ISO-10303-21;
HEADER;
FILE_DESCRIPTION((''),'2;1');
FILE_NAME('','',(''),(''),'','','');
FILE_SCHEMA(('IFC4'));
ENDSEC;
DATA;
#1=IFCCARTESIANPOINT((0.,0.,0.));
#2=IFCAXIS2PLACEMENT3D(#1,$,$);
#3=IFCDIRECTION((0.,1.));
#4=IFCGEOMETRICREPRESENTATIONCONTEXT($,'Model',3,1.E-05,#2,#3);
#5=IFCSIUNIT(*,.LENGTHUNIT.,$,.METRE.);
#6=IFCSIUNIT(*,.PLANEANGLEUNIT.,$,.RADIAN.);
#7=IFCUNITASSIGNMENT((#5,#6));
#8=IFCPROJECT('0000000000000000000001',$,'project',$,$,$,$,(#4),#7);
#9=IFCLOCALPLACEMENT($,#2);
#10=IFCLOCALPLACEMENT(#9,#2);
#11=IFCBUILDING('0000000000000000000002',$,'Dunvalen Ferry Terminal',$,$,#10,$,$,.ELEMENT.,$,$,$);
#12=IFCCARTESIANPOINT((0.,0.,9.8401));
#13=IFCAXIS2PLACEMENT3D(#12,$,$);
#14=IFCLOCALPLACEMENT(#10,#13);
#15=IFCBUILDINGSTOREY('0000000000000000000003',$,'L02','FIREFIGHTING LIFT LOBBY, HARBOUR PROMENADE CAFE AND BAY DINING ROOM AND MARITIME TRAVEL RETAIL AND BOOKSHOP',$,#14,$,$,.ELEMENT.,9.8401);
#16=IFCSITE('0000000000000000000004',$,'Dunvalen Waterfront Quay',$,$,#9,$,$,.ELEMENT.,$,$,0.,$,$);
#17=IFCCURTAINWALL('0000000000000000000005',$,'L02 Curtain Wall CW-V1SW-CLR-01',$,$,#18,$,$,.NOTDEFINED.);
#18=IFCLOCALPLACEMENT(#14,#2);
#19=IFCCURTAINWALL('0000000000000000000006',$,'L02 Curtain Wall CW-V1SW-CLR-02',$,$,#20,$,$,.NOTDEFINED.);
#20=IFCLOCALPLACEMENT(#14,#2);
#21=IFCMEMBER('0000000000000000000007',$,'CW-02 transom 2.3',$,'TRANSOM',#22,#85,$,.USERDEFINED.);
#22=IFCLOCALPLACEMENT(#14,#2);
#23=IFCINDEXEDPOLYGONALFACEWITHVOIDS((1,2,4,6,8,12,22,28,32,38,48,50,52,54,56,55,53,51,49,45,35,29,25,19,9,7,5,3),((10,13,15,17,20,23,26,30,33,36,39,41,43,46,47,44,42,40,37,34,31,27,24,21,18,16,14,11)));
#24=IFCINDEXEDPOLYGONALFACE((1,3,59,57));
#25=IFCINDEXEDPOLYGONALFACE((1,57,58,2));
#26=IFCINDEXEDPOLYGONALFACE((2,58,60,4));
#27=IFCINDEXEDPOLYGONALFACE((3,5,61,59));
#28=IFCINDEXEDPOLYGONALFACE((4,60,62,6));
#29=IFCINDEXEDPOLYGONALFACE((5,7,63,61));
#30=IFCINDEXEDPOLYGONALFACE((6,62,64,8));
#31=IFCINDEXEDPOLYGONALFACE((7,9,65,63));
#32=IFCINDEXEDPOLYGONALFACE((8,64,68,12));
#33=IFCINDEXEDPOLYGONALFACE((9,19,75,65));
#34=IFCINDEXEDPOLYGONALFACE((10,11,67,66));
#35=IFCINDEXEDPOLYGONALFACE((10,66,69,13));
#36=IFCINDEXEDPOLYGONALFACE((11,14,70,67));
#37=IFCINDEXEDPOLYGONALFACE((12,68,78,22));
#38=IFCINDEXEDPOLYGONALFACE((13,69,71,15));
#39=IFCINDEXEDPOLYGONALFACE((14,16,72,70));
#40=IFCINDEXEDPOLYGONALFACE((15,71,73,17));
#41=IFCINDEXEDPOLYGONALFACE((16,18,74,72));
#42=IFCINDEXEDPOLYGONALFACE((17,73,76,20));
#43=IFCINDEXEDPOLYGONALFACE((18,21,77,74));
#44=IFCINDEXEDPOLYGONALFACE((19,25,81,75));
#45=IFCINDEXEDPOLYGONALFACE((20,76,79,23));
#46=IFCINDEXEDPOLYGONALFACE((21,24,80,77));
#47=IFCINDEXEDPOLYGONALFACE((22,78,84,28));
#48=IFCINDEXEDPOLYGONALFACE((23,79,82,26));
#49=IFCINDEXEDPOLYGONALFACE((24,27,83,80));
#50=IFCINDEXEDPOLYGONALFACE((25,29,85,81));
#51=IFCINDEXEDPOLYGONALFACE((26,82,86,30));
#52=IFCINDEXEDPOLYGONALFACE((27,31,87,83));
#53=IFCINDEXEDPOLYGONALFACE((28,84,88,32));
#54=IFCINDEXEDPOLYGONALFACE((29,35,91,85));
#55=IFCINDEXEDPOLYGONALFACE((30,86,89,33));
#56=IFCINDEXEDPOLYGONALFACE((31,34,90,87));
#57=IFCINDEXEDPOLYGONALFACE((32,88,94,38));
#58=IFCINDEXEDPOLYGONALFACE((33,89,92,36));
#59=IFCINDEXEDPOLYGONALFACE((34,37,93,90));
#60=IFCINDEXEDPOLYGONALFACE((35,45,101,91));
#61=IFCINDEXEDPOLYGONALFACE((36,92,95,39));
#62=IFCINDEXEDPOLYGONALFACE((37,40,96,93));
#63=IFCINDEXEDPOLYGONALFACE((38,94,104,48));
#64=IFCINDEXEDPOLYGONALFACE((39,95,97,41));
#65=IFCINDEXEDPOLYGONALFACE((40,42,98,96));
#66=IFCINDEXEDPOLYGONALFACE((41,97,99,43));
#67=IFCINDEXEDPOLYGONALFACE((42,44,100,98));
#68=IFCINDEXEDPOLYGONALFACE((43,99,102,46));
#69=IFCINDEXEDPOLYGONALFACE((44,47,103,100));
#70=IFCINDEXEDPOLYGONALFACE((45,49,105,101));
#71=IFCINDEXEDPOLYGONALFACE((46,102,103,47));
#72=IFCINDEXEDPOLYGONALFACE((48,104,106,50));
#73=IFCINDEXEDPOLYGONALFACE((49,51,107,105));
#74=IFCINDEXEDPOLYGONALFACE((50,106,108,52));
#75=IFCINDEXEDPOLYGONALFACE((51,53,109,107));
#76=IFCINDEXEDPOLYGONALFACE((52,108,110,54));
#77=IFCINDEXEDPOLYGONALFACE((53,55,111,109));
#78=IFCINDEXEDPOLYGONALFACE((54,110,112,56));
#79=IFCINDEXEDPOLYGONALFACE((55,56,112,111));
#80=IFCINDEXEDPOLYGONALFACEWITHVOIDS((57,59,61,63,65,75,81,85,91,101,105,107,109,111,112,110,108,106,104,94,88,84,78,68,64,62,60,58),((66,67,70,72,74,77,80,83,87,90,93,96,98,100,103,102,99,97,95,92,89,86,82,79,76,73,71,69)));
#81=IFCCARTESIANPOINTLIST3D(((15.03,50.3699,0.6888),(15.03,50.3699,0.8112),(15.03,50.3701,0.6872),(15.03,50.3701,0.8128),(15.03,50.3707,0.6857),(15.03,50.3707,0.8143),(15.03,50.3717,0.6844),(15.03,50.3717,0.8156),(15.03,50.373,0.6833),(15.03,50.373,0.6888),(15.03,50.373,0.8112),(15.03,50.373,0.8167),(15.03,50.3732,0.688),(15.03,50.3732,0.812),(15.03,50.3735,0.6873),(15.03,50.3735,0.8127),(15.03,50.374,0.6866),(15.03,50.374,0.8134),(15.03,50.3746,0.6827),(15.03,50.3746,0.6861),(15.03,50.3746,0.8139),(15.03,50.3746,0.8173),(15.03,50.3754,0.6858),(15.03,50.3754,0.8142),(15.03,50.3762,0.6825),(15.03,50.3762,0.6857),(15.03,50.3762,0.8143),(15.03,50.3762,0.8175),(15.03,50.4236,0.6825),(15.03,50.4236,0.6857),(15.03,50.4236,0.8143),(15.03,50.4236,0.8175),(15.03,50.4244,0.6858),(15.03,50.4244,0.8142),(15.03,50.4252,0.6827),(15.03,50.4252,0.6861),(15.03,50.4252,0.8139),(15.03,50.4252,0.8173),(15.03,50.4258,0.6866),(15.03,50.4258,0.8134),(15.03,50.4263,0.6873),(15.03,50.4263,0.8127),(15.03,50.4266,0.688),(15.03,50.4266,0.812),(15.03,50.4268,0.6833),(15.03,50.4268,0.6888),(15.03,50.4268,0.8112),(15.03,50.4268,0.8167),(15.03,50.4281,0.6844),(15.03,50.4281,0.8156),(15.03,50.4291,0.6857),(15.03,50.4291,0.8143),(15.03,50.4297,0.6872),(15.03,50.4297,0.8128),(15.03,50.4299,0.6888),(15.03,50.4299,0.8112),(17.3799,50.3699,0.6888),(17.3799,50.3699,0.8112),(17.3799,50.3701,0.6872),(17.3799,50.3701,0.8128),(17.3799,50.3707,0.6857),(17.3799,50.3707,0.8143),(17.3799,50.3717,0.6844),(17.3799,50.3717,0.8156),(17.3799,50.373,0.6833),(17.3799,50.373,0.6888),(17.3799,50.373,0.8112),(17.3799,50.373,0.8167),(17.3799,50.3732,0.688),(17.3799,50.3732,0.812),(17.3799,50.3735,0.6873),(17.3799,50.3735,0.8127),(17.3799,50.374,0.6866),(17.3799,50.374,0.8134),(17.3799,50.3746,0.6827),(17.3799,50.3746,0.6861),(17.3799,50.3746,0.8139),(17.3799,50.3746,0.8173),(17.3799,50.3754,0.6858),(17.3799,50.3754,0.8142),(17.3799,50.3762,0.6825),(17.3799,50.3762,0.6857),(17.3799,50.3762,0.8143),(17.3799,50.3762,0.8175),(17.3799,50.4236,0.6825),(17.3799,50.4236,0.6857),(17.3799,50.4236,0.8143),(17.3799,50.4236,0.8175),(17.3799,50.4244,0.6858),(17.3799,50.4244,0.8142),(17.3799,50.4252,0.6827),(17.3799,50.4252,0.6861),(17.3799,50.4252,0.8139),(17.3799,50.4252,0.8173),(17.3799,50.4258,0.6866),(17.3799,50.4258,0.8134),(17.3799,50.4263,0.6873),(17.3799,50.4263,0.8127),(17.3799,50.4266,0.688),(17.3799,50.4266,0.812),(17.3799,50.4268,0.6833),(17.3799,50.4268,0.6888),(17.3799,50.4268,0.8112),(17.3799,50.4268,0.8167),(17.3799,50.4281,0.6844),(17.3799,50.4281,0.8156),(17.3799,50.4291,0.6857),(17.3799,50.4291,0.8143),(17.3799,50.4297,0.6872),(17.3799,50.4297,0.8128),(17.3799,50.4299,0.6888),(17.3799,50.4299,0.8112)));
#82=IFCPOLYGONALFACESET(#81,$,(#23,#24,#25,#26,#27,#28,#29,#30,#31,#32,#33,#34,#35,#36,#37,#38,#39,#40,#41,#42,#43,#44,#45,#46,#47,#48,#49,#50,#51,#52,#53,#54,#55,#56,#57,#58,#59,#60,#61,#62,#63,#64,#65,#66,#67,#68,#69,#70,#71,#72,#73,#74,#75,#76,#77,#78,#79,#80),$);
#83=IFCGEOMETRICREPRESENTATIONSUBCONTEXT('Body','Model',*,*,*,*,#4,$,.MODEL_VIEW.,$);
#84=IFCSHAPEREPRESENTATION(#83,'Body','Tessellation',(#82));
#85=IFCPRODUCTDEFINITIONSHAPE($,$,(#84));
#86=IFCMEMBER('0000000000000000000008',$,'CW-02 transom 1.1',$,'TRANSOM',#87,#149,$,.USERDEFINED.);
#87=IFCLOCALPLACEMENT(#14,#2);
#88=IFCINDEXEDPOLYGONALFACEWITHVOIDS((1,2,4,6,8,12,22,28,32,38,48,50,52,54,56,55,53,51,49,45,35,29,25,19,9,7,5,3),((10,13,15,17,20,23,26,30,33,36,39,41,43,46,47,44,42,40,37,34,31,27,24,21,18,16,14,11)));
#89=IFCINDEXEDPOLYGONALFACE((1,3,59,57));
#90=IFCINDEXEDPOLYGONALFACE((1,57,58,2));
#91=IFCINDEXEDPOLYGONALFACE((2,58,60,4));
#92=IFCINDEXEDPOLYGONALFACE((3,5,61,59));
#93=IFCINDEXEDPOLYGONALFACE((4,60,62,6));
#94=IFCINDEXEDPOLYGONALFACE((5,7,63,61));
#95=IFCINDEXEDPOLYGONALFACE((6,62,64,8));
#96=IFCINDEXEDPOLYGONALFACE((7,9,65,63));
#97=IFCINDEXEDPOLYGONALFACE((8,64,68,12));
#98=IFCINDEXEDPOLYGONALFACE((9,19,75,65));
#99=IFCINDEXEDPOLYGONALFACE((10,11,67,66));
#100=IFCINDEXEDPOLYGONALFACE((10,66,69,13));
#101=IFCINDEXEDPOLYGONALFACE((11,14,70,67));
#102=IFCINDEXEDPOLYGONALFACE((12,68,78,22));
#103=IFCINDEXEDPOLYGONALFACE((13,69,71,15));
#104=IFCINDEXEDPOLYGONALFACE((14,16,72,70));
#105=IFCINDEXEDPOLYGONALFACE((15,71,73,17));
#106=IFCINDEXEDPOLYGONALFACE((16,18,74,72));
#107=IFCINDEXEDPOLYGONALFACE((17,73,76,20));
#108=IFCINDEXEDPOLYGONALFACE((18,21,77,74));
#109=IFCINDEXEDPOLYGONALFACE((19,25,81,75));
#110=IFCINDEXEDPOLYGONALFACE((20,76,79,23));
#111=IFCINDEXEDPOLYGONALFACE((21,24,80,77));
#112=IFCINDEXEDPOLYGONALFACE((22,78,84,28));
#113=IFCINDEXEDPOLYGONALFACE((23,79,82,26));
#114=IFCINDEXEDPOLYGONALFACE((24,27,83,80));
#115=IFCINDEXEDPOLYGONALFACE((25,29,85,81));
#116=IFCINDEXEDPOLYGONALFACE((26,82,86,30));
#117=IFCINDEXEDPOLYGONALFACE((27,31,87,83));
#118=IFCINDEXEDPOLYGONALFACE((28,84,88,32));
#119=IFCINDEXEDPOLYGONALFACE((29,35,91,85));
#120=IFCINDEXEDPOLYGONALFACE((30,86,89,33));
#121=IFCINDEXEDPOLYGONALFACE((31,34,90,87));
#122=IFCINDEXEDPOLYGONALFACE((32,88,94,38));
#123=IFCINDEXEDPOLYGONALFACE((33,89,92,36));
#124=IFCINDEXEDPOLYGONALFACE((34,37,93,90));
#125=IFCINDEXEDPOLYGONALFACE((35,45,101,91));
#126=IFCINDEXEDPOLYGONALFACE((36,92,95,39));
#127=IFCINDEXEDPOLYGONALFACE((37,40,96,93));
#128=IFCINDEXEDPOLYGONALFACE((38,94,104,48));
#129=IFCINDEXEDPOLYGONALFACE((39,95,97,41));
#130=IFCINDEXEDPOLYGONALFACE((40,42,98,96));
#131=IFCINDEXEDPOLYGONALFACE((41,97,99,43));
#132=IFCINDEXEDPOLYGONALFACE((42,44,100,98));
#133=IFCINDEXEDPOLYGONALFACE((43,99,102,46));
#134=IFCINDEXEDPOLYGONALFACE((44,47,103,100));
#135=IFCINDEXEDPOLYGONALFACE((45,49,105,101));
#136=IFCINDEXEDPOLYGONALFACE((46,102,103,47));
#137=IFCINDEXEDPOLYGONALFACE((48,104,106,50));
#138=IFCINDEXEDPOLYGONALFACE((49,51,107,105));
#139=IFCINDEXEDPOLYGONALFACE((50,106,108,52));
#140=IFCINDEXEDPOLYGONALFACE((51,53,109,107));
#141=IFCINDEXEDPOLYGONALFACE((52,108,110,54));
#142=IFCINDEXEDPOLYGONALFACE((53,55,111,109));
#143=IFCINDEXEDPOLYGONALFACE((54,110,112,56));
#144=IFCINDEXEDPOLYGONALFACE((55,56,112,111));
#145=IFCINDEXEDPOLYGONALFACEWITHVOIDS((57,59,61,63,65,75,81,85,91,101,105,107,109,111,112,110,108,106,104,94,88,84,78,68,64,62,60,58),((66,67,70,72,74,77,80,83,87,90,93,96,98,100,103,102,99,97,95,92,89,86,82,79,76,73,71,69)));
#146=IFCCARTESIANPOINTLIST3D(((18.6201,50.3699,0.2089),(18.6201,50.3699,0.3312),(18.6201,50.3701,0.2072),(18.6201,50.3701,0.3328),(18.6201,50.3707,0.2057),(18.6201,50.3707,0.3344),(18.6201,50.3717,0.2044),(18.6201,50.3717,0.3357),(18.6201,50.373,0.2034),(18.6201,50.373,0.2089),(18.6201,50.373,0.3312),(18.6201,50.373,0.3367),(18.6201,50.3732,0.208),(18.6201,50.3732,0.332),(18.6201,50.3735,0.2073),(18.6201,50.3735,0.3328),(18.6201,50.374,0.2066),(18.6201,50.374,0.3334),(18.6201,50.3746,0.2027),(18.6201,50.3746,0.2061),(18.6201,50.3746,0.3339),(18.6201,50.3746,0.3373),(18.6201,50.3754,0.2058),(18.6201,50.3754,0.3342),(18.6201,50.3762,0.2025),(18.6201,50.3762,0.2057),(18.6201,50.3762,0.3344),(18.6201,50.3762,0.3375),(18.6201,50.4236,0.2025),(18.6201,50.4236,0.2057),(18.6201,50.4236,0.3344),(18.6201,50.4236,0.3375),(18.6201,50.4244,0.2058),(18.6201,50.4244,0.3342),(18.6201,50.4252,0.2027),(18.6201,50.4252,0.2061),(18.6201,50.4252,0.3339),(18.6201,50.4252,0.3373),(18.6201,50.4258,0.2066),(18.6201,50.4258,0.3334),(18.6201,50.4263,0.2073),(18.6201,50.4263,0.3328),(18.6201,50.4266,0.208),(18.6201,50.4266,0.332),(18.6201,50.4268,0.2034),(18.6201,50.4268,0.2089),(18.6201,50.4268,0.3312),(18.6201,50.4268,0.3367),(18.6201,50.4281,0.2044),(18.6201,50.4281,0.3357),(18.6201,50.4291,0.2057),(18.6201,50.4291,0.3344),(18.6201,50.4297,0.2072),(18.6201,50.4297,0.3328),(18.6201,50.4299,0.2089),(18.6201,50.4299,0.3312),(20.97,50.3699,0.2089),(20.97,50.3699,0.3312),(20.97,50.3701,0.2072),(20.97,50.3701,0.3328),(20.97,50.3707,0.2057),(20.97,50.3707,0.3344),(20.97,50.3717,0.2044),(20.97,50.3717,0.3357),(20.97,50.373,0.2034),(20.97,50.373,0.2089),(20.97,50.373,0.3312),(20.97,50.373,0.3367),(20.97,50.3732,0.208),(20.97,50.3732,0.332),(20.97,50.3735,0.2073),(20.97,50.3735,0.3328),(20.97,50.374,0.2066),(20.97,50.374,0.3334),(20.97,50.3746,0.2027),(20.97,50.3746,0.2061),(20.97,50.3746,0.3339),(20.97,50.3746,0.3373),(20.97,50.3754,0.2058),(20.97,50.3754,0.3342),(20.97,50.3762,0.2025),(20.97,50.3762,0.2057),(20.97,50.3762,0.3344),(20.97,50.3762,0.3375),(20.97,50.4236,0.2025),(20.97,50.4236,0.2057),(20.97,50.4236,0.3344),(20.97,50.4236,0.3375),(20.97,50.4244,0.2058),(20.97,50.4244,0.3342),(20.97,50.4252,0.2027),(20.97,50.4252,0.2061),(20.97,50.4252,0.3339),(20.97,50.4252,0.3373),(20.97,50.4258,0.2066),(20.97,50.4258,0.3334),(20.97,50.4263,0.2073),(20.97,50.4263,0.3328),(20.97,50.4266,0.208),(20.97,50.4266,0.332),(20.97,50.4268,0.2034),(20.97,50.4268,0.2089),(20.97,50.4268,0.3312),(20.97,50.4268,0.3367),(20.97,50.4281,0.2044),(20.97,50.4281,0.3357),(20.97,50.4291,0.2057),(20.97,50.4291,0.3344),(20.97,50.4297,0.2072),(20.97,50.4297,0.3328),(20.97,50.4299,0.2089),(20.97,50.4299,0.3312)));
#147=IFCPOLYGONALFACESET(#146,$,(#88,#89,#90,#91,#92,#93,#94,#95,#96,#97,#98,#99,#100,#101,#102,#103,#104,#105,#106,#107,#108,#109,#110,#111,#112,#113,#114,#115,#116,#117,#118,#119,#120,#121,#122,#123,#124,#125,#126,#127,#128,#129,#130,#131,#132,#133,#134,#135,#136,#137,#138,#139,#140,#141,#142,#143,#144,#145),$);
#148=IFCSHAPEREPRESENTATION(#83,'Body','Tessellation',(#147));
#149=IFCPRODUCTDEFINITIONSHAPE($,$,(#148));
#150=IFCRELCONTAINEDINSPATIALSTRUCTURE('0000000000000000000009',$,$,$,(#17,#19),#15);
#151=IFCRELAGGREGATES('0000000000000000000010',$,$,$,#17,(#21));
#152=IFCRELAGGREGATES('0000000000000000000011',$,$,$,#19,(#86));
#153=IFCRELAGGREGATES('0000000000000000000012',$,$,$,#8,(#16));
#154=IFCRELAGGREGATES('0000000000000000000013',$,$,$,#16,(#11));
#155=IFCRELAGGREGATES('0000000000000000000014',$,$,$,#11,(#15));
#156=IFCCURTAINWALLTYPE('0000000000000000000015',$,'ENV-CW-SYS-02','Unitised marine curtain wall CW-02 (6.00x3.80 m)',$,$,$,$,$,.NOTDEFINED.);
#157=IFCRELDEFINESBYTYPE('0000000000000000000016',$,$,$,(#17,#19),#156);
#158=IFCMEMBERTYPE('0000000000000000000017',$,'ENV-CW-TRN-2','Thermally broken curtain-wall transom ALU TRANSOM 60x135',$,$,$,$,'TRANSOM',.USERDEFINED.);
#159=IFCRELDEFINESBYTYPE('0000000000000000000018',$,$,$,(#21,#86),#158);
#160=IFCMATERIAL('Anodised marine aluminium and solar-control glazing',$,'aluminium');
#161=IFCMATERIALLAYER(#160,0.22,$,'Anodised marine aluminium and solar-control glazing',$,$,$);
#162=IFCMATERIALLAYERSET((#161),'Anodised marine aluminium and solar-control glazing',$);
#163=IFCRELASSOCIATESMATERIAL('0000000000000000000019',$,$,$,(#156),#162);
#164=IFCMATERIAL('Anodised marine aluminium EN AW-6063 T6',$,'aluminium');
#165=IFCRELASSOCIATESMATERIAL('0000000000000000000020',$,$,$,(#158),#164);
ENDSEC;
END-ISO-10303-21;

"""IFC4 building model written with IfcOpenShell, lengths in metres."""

from ifc_helpers import new_model, si_unit, direction, frame, origin, origin_2d, place, context, subcontext, project, spatial, hollow_rectangle, extrude, material, layer, layer_set, material_profile, profile_set, type_object, element, aggregate, save


model = new_model("IFC4")

# Units and contexts
model_context = context("Model", 3, precision=1e-05, world=origin(), true_north=direction((0.0, 1.0)))
body_context = subcontext(model_context, "Body", "Model", "MODEL_VIEW")
ifc_project = project(units=[si_unit("LENGTHUNIT", "METRE"), si_unit("PLANEANGLEUNIT", "RADIAN")], contexts=[model_context])

# Site, building, storey
site_placement = place(None, origin())
site = spatial("IfcSite", under=ifc_project, at=site_placement, Name="Dunvalen Waterfront Quay", CompositionType="ELEMENT", RefElevation=0.0)
building_placement = place(site_placement, origin())
building = spatial("IfcBuilding", under=site, at=building_placement, Name="Dunvalen Ferry Terminal", CompositionType="ELEMENT")
storey_placement = place(building_placement, frame((0.0, 0.0, 9.8401)))
storey = spatial("IfcBuildingStorey", under=building, at=storey_placement, Name="L02", Description="FIREFIGHTING LIFT LOBBY, HARBOUR PROMENADE CAFE AND BAY DINING ROOM AND MARITIME TRAVEL RETAIL AND BOOKSHOP", CompositionType="ELEMENT", Elevation=9.8401)

# Curtain walls
ifc_material_1 = material(Name="Anodised marine aluminium and solar-control glazing", Category="aluminium")
ifc_layer_1 = layer(ifc_material_1, 0.22, Name="Anodised marine aluminium and solar-control glazing")
ifc_layer_set_1 = layer_set([ifc_layer_1], Name="Anodised marine aluminium and solar-control glazing")
curtain_wall_type = type_object("IfcCurtainWallType", Name="ENV-CW-SYS-02", Description="Unitised marine curtain wall CW-02 (6.00x3.80 m)", PredefinedType="NOTDEFINED", material=ifc_layer_set_1)
curtain_wall_1_placement = place(storey_placement, origin())
curtain_wall_1 = element("IfcCurtainWall", 1, at=curtain_wall_1_placement, inside=storey, type_object=curtain_wall_type, Name="L02 Curtain Wall CW-V1SW-CLR-01", PredefinedType="NOTDEFINED")
ifc_material_2 = material(Name="Anodised marine aluminium EN AW-6063 T6", Category="aluminium")
curtain_wall_2_placement = place(storey_placement, origin())
curtain_wall_2 = element("IfcCurtainWall", 2, at=curtain_wall_2_placement, inside=storey, type_object=curtain_wall_type, Name="L02 Curtain Wall CW-V1SW-CLR-02", PredefinedType="NOTDEFINED")

# Members
ifc_material_profile_1 = material_profile(ifc_material_2, hollow_rectangle(XDim=0.0601, YDim=0.135, WallThickness=0.0032, InnerFilletRadius=0.0032, OuterFilletRadius=0.0063, at=origin_2d()), Name="Anodised marine aluminium EN AW-6063 T6")
ifc_profile_set_1 = profile_set([ifc_material_profile_1], Name="Anodised marine aluminium EN AW-6063 T6")
member_type_1 = type_object("IfcMemberType", Name="ENV-CW-TRN-2", Description="Thermally broken curtain-wall transom ALU TRANSOM 60x135", ElementType="TRANSOM", PredefinedType="USERDEFINED", material=ifc_profile_set_1)
member_1_placement = place(storey_placement, frame((15.03, 50.3999, 0.75), z_axis=(1.0, 0.0, 0.0), x_axis=(0.0, 1.0, 0.0)))
member_1 = element("IfcMember", 3, at=member_1_placement, type_object=member_type_1, Name="CW-02 transom 2.3", ObjectType="TRANSOM", PredefinedType="USERDEFINED", context=body_context, shape_type="SweptSolid", body=[
    extrude(hollow_rectangle(XDim=0.0601, YDim=0.135, WallThickness=0.0032, InnerFilletRadius=0.0032, OuterFilletRadius=0.0063, at=origin_2d()), origin(), (0.0, 0.0, 1.0), 2.3499),
])
member_2_placement = place(storey_placement, frame((18.6201, 50.3999, 0.27), z_axis=(1.0, 0.0, 0.0), x_axis=(0.0, 1.0, 0.0)))
member_2 = element("IfcMember", 4, at=member_2_placement, type_object=member_type_1, Name="CW-02 transom 1.1", ObjectType="TRANSOM", PredefinedType="USERDEFINED", context=body_context, shape_type="SweptSolid", body=[
    extrude(hollow_rectangle(XDim=0.0601, YDim=0.135, WallThickness=0.0032, InnerFilletRadius=0.0032, OuterFilletRadius=0.0063, at=origin_2d()), origin(), (0.0, 0.0, 1.0), 2.3499),
])

aggregate(curtain_wall_1, [member_1])
aggregate(curtain_wall_2, [member_2])

save(model, "model.ifc")
